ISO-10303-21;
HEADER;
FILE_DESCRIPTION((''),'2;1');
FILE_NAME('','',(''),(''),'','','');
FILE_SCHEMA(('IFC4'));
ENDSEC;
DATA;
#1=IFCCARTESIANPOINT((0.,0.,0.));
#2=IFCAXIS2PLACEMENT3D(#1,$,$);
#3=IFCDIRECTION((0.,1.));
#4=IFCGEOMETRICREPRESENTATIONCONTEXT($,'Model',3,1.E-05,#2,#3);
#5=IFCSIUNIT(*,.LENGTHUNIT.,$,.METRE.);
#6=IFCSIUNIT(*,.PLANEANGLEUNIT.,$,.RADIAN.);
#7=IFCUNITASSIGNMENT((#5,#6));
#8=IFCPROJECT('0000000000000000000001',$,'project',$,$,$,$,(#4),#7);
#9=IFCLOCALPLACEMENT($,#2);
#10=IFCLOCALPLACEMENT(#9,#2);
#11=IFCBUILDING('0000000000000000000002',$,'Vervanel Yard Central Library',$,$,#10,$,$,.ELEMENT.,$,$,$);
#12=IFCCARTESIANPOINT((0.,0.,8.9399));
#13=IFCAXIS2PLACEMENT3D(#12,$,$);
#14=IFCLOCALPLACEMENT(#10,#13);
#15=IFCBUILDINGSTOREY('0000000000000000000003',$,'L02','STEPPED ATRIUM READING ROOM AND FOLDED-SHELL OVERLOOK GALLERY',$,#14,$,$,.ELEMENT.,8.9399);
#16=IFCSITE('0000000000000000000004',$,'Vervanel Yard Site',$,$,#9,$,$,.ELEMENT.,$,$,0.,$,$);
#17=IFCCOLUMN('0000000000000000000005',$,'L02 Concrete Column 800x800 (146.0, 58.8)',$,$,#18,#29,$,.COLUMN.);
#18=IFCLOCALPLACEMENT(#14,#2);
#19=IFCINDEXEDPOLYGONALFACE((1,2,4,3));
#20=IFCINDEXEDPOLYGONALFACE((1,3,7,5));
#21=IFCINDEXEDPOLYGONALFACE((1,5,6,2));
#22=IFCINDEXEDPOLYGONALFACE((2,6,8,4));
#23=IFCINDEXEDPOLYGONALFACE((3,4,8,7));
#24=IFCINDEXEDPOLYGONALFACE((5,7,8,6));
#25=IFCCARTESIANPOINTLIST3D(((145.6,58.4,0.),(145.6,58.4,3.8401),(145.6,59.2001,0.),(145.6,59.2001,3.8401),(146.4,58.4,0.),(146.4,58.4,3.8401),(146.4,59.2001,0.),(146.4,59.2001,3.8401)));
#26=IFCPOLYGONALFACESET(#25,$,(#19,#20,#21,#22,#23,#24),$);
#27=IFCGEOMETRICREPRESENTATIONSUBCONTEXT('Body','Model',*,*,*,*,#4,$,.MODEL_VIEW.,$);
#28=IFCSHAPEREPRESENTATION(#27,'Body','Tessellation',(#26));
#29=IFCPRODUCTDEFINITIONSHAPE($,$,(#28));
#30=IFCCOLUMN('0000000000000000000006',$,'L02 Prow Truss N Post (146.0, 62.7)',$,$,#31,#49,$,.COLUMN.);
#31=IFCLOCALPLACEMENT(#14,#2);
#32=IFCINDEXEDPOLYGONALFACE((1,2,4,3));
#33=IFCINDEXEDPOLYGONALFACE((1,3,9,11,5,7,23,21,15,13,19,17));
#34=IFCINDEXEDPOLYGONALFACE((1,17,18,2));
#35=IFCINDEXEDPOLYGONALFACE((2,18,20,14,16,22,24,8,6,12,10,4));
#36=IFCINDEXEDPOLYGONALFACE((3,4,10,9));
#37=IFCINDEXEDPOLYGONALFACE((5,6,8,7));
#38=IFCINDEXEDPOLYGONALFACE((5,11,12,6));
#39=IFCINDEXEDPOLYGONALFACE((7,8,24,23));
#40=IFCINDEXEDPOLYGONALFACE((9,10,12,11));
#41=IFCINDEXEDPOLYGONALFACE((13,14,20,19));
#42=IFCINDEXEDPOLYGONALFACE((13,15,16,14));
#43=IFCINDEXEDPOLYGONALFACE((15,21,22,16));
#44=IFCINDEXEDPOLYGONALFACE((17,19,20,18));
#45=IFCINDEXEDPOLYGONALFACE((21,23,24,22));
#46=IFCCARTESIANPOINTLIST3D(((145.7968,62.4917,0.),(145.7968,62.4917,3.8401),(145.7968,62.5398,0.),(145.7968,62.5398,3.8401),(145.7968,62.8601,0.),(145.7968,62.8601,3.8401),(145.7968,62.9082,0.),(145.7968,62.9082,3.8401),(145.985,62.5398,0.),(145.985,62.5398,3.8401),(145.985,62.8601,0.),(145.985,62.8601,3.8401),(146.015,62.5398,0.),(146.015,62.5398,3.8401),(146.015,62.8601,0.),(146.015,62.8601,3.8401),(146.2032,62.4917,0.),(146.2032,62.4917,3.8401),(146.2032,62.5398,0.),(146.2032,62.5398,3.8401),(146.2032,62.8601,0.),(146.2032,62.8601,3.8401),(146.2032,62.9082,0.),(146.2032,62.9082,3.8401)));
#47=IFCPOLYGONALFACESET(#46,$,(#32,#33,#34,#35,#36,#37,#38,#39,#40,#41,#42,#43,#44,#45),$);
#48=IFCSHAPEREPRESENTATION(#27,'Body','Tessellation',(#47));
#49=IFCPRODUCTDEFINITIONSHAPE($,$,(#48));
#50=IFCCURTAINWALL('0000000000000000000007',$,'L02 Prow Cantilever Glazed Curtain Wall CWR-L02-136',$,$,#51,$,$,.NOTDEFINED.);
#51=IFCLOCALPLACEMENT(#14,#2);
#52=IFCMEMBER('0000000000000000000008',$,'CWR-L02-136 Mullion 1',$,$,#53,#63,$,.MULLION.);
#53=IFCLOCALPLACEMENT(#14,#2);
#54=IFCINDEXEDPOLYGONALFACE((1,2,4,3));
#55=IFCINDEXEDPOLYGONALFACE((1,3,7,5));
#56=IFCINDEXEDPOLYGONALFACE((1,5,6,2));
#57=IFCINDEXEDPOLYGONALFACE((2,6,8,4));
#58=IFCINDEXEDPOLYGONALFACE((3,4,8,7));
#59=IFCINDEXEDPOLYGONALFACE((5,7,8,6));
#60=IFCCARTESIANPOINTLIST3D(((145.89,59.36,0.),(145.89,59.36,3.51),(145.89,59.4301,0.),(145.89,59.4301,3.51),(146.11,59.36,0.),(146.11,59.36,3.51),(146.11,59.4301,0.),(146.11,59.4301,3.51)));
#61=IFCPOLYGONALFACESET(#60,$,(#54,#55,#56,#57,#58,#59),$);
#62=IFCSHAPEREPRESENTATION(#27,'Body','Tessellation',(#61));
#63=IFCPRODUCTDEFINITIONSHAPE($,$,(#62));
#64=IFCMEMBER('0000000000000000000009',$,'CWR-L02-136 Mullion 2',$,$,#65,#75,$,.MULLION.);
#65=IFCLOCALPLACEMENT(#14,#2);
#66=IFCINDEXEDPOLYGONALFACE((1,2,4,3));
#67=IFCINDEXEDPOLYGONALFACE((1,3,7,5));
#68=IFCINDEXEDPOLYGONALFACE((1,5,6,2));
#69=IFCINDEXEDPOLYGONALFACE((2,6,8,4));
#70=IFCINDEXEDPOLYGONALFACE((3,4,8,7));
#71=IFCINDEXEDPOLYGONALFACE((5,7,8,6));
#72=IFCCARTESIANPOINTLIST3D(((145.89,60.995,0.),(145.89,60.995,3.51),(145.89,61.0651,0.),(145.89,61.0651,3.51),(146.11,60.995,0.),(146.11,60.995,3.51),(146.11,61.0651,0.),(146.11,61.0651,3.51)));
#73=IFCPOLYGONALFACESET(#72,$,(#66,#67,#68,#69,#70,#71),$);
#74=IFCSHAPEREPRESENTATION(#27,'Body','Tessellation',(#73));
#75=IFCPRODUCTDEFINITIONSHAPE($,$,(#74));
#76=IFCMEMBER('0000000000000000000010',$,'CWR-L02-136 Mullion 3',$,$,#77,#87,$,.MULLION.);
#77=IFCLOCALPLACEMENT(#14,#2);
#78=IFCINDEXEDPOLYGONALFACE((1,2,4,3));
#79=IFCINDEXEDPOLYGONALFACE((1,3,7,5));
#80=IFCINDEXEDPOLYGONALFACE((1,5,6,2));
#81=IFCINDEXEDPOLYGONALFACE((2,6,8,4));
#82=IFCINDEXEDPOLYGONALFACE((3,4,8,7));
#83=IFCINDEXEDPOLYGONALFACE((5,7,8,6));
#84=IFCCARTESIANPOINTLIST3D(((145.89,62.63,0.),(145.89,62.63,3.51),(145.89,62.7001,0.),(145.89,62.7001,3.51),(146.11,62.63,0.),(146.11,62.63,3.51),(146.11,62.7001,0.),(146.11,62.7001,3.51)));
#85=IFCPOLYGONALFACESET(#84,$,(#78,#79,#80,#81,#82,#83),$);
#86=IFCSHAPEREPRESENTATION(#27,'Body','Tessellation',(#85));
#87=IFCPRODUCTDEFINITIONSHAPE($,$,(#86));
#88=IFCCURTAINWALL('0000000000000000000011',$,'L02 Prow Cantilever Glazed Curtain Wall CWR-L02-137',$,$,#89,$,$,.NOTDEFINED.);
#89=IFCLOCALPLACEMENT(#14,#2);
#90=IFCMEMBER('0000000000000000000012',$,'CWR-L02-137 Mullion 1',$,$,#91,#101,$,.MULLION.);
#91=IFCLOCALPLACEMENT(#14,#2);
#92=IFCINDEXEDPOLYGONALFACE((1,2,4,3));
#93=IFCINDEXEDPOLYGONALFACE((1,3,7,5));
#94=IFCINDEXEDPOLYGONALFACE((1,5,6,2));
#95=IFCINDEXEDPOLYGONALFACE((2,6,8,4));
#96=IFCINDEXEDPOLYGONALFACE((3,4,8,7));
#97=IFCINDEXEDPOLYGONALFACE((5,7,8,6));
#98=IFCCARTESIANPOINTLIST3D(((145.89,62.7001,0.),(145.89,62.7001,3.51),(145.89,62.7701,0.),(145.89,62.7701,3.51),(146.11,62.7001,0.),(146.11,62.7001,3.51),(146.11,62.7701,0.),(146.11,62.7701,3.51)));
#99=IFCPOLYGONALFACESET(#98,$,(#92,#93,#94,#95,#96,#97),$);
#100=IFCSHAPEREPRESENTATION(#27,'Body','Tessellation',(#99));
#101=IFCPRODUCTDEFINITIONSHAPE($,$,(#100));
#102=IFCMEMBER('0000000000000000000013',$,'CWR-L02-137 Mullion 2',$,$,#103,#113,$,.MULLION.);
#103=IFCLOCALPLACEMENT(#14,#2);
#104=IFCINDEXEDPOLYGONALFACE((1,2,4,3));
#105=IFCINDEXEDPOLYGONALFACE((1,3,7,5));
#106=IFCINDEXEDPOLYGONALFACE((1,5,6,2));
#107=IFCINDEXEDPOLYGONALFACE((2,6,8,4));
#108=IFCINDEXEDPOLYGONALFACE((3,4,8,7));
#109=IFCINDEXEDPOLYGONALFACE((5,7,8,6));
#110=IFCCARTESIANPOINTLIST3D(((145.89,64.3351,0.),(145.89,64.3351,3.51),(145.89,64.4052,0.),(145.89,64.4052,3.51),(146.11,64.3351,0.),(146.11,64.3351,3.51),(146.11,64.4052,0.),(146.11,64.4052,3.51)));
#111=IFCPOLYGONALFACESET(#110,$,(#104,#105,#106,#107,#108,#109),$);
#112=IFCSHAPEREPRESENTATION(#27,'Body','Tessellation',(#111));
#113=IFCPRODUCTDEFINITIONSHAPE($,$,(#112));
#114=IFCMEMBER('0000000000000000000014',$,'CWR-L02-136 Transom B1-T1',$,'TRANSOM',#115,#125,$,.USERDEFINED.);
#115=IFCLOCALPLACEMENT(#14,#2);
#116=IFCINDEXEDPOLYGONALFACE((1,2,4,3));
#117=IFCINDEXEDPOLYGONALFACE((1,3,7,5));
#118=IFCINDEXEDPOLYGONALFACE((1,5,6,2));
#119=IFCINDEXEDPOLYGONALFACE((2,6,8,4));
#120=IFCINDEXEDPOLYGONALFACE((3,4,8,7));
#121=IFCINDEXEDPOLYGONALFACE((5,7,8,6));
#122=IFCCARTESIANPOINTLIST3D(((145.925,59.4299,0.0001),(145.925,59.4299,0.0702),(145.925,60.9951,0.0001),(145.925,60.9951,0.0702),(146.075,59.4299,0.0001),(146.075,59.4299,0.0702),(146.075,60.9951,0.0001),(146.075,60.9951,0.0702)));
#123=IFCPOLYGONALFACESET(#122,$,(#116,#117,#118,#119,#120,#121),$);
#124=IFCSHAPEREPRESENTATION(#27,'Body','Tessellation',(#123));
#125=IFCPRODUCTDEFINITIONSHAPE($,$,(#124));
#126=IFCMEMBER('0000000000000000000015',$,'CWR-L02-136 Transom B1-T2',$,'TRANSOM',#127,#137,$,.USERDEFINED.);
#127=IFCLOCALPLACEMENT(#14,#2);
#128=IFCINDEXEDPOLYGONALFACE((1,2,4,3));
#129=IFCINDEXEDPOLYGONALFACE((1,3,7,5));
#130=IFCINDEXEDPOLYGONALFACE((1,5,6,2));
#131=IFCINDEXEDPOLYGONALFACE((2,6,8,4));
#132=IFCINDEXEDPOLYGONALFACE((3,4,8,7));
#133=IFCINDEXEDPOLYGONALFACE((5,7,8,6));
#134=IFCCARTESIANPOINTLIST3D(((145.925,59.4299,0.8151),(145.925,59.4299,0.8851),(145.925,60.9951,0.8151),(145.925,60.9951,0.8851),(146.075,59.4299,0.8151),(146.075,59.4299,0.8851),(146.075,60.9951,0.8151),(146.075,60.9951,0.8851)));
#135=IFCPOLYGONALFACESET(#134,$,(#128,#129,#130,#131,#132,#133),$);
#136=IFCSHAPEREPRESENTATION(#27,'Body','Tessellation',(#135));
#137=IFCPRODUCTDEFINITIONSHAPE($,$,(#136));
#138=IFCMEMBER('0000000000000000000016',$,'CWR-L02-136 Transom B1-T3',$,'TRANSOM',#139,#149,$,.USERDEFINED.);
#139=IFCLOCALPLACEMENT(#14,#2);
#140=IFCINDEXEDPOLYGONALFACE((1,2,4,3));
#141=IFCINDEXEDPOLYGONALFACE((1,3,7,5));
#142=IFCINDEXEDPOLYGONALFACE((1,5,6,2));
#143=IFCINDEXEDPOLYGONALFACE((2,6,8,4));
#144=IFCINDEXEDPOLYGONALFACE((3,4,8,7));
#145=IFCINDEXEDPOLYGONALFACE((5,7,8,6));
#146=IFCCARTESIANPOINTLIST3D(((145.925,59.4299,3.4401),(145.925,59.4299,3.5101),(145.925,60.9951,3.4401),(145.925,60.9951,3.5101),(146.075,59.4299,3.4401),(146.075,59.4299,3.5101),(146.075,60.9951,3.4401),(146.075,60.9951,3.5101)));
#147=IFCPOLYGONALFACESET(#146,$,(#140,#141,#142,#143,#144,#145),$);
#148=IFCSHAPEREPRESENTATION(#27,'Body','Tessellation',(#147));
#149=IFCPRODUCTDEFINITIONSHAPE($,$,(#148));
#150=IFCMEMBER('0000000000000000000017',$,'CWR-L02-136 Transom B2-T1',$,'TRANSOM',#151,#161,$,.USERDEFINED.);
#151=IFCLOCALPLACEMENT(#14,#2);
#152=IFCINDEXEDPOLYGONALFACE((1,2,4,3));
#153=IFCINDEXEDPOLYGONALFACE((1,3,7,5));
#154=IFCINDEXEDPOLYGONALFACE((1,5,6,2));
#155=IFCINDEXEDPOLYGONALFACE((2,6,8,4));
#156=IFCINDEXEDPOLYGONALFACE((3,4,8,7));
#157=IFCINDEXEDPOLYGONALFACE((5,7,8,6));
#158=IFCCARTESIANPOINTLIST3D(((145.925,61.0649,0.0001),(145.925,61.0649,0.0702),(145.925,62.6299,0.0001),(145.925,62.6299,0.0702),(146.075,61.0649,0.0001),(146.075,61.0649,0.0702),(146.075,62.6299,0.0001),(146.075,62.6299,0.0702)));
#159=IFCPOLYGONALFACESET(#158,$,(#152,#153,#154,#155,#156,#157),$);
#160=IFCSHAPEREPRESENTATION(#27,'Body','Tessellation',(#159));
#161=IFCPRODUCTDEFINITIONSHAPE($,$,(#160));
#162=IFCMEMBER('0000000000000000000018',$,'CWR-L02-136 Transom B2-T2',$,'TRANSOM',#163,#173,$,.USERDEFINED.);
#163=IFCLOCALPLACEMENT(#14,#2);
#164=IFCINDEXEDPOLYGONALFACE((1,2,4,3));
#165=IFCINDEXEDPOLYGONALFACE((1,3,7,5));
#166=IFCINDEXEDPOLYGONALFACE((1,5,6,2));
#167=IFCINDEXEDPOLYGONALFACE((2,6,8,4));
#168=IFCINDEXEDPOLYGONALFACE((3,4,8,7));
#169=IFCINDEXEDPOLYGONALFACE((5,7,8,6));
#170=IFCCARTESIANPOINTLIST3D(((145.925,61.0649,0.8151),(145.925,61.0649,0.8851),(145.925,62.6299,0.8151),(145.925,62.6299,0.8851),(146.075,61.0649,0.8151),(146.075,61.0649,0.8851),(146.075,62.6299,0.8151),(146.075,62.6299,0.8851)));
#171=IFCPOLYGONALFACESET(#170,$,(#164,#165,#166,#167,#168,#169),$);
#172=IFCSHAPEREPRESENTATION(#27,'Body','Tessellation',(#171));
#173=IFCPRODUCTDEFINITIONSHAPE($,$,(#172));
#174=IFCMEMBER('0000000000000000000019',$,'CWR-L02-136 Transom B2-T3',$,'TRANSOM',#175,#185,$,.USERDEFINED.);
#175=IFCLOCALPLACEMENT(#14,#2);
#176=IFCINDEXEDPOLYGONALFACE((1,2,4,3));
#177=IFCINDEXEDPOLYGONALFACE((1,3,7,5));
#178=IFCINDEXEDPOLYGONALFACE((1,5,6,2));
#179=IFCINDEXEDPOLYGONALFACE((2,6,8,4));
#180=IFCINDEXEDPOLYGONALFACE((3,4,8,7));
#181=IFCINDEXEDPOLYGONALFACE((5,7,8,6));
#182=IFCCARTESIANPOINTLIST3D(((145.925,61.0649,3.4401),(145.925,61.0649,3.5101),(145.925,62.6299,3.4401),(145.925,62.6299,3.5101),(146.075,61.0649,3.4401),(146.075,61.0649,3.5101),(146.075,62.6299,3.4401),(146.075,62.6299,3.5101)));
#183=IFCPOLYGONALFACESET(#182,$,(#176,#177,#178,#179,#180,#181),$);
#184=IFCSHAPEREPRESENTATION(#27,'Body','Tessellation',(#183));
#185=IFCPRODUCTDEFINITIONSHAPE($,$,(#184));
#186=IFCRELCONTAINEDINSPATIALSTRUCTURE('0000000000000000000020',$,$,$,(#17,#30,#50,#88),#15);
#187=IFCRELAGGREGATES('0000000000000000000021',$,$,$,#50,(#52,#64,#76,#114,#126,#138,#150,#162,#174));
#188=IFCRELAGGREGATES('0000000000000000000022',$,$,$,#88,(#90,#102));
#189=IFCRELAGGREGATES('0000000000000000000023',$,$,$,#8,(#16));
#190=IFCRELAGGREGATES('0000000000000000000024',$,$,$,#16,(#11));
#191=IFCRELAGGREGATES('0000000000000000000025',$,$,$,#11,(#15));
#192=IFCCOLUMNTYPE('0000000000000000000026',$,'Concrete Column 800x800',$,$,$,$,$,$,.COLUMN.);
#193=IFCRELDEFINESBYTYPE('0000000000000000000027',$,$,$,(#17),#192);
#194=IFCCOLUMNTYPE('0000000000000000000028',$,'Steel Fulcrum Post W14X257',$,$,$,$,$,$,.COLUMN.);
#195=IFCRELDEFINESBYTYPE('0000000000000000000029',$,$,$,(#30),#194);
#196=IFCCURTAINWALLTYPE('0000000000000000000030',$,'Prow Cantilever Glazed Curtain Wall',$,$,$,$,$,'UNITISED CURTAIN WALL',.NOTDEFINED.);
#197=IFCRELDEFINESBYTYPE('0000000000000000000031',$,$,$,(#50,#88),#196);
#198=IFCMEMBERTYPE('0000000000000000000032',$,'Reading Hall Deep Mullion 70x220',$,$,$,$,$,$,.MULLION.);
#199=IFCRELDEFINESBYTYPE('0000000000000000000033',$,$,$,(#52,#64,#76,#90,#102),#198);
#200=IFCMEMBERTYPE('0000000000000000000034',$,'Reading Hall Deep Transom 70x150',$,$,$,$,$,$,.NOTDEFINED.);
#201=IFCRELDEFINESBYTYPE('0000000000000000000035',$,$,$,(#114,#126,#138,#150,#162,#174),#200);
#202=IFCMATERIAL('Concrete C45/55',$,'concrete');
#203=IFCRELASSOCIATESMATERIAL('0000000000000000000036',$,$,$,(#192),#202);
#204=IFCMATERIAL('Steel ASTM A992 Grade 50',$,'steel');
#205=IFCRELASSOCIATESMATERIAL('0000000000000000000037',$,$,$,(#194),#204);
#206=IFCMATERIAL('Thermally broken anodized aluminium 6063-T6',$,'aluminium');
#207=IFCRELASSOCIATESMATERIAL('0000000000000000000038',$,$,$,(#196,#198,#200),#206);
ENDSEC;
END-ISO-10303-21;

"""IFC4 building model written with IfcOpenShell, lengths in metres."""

from ifc_helpers import new_model, si_unit, direction, frame, origin, origin_2d, place, context, subcontext, project, spatial, rectangle, i_section, extrude, material, material_profile, profile_set, type_object, element, aggregate, save


model = new_model("IFC4")

# Units and contexts
model_context = context("Model", 3, precision=1e-05, world=origin(), true_north=direction((0.0, 1.0)))
body_context = subcontext(model_context, "Body", "Model", "MODEL_VIEW")
ifc_project = project(units=[si_unit("LENGTHUNIT", "METRE"), si_unit("PLANEANGLEUNIT", "RADIAN")], contexts=[model_context])

# Site, building, storey
site_placement = place(None, origin())
site = spatial("IfcSite", under=ifc_project, at=site_placement, Name="Vervanel Yard Site", CompositionType="ELEMENT", RefElevation=0.0)
building_placement = place(site_placement, origin())
building = spatial("IfcBuilding", under=site, at=building_placement, Name="Vervanel Yard Central Library", CompositionType="ELEMENT")
storey_placement = place(building_placement, frame((0.0, 0.0, 8.9399)))
storey = spatial("IfcBuildingStorey", under=building, at=storey_placement, Name="L02", Description="STEPPED ATRIUM READING ROOM AND FOLDED-SHELL OVERLOOK GALLERY", CompositionType="ELEMENT", Elevation=8.9399)

# Columns
ifc_material_1 = material(Name="Concrete C45/55", Category="concrete")
ifc_material_profile_1 = material_profile(ifc_material_1, rectangle(XDim=0.8, YDim=0.8, at=origin_2d()), Name="RC 800x800", Category="concrete")
ifc_profile_set_1 = profile_set([ifc_material_profile_1], Name="Concrete C45/55")
column_type_1 = type_object("IfcColumnType", Name="Concrete Column 800x800", PredefinedType="COLUMN", material=ifc_profile_set_1)
column_1_placement = place(storey_placement, frame((146.0, 58.8, 0.0), z_axis=(0.0, 0.0, 1.0), x_axis=(1.0, 0.0, 0.0)))
element("IfcColumn", 1, at=column_1_placement, inside=storey, type_object=column_type_1, Name="L02 Concrete Column 800x800 (146.0, 58.8)", PredefinedType="COLUMN", context=body_context, shape_type="SweptSolid", body=[
    extrude(rectangle(XDim=0.8, YDim=0.8, at=origin_2d()), origin(), (0.0, 0.0, 1.0), 3.8401),
])
ifc_material_2 = material(Name="Steel ASTM A992 Grade 50", Category="steel")
ifc_material_profile_2 = material_profile(ifc_material_2, i_section(OverallWidth=0.4065, OverallDepth=0.4165, WebThickness=0.03, FlangeThickness=0.0481, at=origin_2d()), Name="W14X257", Category="steel")
ifc_profile_set_2 = profile_set([ifc_material_profile_2], Name="Steel ASTM A992 Grade 50")
column_type_2 = type_object("IfcColumnType", Name="Steel Fulcrum Post W14X257", PredefinedType="COLUMN", material=ifc_profile_set_2)
column_2_placement = place(storey_placement, frame((146.0, 62.7, 0.0), z_axis=(0.0, 0.0, 1.0), x_axis=(1.0, 0.0, 0.0)))
element("IfcColumn", 2, at=column_2_placement, inside=storey, type_object=column_type_2, Name="L02 Prow Truss N Post (146.0, 62.7)", PredefinedType="COLUMN", context=body_context, shape_type="SweptSolid", body=[
    extrude(i_section(OverallWidth=0.4065, OverallDepth=0.4165, WebThickness=0.03, FlangeThickness=0.0481, at=origin_2d()), origin(), (0.0, 0.0, 1.0), 3.8401),
])

# Curtain walls, members
ifc_material_3 = material(Name="Thermally broken anodized aluminium 6063-T6", Category="aluminium")
curtain_wall_type = type_object("IfcCurtainWallType", Name="Prow Cantilever Glazed Curtain Wall", ElementType="UNITISED CURTAIN WALL", PredefinedType="NOTDEFINED", material=ifc_material_3)
curtain_wall_1_placement = place(storey_placement, origin())
curtain_wall_1 = element("IfcCurtainWall", 3, at=curtain_wall_1_placement, inside=storey, type_object=curtain_wall_type, Name="L02 Prow Cantilever Glazed Curtain Wall CWR-L02-136", PredefinedType="NOTDEFINED")
ifc_material_profile_3 = material_profile(ifc_material_3, rectangle(XDim=0.0701, YDim=0.22, at=origin_2d()), Name="ALU 70x220", Category="aluminium")
ifc_profile_set_3 = profile_set([ifc_material_profile_3], Name="Thermally broken anodized aluminium 6063-T6")
member_type_1 = type_object("IfcMemberType", Name="Reading Hall Deep Mullion 70x220", PredefinedType="MULLION", material=ifc_profile_set_3)
member_1_placement = place(storey_placement, frame((146.0, 59.395, 0.0), z_axis=(0.0, 0.0, 1.0), x_axis=(0.0, 1.0, 0.0)))
member_1 = element("IfcMember", 4, at=member_1_placement, type_object=member_type_1, Name="CWR-L02-136 Mullion 1", PredefinedType="MULLION", context=body_context, shape_type="SweptSolid", body=[
    extrude(rectangle(XDim=0.0701, YDim=0.22, at=origin_2d()), origin(), (0.0, 0.0, 1.0), 3.51),
])
member_2_placement = place(storey_placement, frame((146.0, 61.03, 0.0), z_axis=(0.0, 0.0, 1.0), x_axis=(0.0, 1.0, 0.0)))
member_2 = element("IfcMember", 5, at=member_2_placement, type_object=member_type_1, Name="CWR-L02-136 Mullion 2", PredefinedType="MULLION", context=body_context, shape_type="SweptSolid", body=[
    extrude(rectangle(XDim=0.0701, YDim=0.22, at=origin_2d()), origin(), (0.0, 0.0, 1.0), 3.51),
])
member_3_placement = place(storey_placement, frame((146.0, 62.665, 0.0), z_axis=(0.0, 0.0, 1.0), x_axis=(0.0, 1.0, 0.0)))
member_3 = element("IfcMember", 6, at=member_3_placement, type_object=member_type_1, Name="CWR-L02-136 Mullion 3", PredefinedType="MULLION", context=body_context, shape_type="SweptSolid", body=[
    extrude(rectangle(XDim=0.0701, YDim=0.22, at=origin_2d()), origin(), (0.0, 0.0, 1.0), 3.51),
])
curtain_wall_2_placement = place(storey_placement, origin())
curtain_wall_2 = element("IfcCurtainWall", 7, at=curtain_wall_2_placement, inside=storey, type_object=curtain_wall_type, Name="L02 Prow Cantilever Glazed Curtain Wall CWR-L02-137", PredefinedType="NOTDEFINED")
member_4_placement = place(storey_placement, frame((146.0, 62.7351, 0.0), z_axis=(0.0, 0.0, 1.0), x_axis=(0.0, 1.0, 0.0)))
member_4 = element("IfcMember", 8, at=member_4_placement, type_object=member_type_1, Name="CWR-L02-137 Mullion 1", PredefinedType="MULLION", context=body_context, shape_type="SweptSolid", body=[
    extrude(rectangle(XDim=0.0701, YDim=0.22, at=origin_2d()), origin(), (0.0, 0.0, 1.0), 3.51),
])
member_5_placement = place(storey_placement, frame((146.0, 64.3701, 0.0), z_axis=(0.0, 0.0, 1.0), x_axis=(0.0, 1.0, 0.0)))
member_5 = element("IfcMember", 9, at=member_5_placement, type_object=member_type_1, Name="CWR-L02-137 Mullion 2", PredefinedType="MULLION", context=body_context, shape_type="SweptSolid", body=[
    extrude(rectangle(XDim=0.0701, YDim=0.22, at=origin_2d()), origin(), (0.0, 0.0, 1.0), 3.51),
])

# Members
ifc_material_profile_4 = material_profile(ifc_material_3, rectangle(XDim=0.0701, YDim=0.1499, at=origin_2d()), Name="ALU 70x150", Category="aluminium")
ifc_profile_set_4 = profile_set([ifc_material_profile_4], Name="Thermally broken anodized aluminium 6063-T6")
member_type_2 = type_object("IfcMemberType", Name="Reading Hall Deep Transom 70x150", PredefinedType="NOTDEFINED", material=ifc_profile_set_4)
member_6_placement = place(storey_placement, frame((146.0, 59.4299, 0.0352), z_axis=(0.0, 1.0, 0.0), x_axis=(0.0, 0.0, 1.0)))
member_6 = element("IfcMember", 10, at=member_6_placement, type_object=member_type_2, Name="CWR-L02-136 Transom B1-T1", ObjectType="TRANSOM", PredefinedType="USERDEFINED", context=body_context, shape_type="SweptSolid", body=[
    extrude(rectangle(XDim=0.0701, YDim=0.1499, at=origin_2d()), origin(), (0.0, 0.0, 1.0), 1.5652),
])
member_7_placement = place(storey_placement, frame((146.0, 59.4299, 0.8501), z_axis=(0.0, 1.0, 0.0), x_axis=(0.0, 0.0, 1.0)))
member_7 = element("IfcMember", 11, at=member_7_placement, type_object=member_type_2, Name="CWR-L02-136 Transom B1-T2", ObjectType="TRANSOM", PredefinedType="USERDEFINED", context=body_context, shape_type="SweptSolid", body=[
    extrude(rectangle(XDim=0.0701, YDim=0.1499, at=origin_2d()), origin(), (0.0, 0.0, 1.0), 1.5652),
])
member_8_placement = place(storey_placement, frame((146.0, 59.4299, 3.4751), z_axis=(0.0, 1.0, 0.0), x_axis=(0.0, 0.0, 1.0)))
member_8 = element("IfcMember", 12, at=member_8_placement, type_object=member_type_2, Name="CWR-L02-136 Transom B1-T3", ObjectType="TRANSOM", PredefinedType="USERDEFINED", context=body_context, shape_type="SweptSolid", body=[
    extrude(rectangle(XDim=0.0701, YDim=0.1499, at=origin_2d()), origin(), (0.0, 0.0, 1.0), 1.5652),
])
member_9_placement = place(storey_placement, frame((146.0, 61.0649, 0.0352), z_axis=(0.0, 1.0, 0.0), x_axis=(0.0, 0.0, 1.0)))
member_9 = element("IfcMember", 13, at=member_9_placement, type_object=member_type_2, Name="CWR-L02-136 Transom B2-T1", ObjectType="TRANSOM", PredefinedType="USERDEFINED", context=body_context, shape_type="SweptSolid", body=[
    extrude(rectangle(XDim=0.0701, YDim=0.1499, at=origin_2d()), origin(), (0.0, 0.0, 1.0), 1.5649),
])
member_10_placement = place(storey_placement, frame((146.0, 61.0649, 0.8501), z_axis=(0.0, 1.0, 0.0), x_axis=(0.0, 0.0, 1.0)))
member_10 = element("IfcMember", 14, at=member_10_placement, type_object=member_type_2, Name="CWR-L02-136 Transom B2-T2", ObjectType="TRANSOM", PredefinedType="USERDEFINED", context=body_context, shape_type="SweptSolid", body=[
    extrude(rectangle(XDim=0.0701, YDim=0.1499, at=origin_2d()), origin(), (0.0, 0.0, 1.0), 1.5649),
])
member_11_placement = place(storey_placement, frame((146.0, 61.0649, 3.4751), z_axis=(0.0, 1.0, 0.0), x_axis=(0.0, 0.0, 1.0)))
member_11 = element("IfcMember", 15, at=member_11_placement, type_object=member_type_2, Name="CWR-L02-136 Transom B2-T3", ObjectType="TRANSOM", PredefinedType="USERDEFINED", context=body_context, shape_type="SweptSolid", body=[
    extrude(rectangle(XDim=0.0701, YDim=0.1499, at=origin_2d()), origin(), (0.0, 0.0, 1.0), 1.5649),
])

aggregate(curtain_wall_1, [member_1, member_2, member_3, member_6, member_7, member_8, member_9, member_10, member_11])
aggregate(curtain_wall_2, [member_4, member_5])

save(model, "model.ifc")
